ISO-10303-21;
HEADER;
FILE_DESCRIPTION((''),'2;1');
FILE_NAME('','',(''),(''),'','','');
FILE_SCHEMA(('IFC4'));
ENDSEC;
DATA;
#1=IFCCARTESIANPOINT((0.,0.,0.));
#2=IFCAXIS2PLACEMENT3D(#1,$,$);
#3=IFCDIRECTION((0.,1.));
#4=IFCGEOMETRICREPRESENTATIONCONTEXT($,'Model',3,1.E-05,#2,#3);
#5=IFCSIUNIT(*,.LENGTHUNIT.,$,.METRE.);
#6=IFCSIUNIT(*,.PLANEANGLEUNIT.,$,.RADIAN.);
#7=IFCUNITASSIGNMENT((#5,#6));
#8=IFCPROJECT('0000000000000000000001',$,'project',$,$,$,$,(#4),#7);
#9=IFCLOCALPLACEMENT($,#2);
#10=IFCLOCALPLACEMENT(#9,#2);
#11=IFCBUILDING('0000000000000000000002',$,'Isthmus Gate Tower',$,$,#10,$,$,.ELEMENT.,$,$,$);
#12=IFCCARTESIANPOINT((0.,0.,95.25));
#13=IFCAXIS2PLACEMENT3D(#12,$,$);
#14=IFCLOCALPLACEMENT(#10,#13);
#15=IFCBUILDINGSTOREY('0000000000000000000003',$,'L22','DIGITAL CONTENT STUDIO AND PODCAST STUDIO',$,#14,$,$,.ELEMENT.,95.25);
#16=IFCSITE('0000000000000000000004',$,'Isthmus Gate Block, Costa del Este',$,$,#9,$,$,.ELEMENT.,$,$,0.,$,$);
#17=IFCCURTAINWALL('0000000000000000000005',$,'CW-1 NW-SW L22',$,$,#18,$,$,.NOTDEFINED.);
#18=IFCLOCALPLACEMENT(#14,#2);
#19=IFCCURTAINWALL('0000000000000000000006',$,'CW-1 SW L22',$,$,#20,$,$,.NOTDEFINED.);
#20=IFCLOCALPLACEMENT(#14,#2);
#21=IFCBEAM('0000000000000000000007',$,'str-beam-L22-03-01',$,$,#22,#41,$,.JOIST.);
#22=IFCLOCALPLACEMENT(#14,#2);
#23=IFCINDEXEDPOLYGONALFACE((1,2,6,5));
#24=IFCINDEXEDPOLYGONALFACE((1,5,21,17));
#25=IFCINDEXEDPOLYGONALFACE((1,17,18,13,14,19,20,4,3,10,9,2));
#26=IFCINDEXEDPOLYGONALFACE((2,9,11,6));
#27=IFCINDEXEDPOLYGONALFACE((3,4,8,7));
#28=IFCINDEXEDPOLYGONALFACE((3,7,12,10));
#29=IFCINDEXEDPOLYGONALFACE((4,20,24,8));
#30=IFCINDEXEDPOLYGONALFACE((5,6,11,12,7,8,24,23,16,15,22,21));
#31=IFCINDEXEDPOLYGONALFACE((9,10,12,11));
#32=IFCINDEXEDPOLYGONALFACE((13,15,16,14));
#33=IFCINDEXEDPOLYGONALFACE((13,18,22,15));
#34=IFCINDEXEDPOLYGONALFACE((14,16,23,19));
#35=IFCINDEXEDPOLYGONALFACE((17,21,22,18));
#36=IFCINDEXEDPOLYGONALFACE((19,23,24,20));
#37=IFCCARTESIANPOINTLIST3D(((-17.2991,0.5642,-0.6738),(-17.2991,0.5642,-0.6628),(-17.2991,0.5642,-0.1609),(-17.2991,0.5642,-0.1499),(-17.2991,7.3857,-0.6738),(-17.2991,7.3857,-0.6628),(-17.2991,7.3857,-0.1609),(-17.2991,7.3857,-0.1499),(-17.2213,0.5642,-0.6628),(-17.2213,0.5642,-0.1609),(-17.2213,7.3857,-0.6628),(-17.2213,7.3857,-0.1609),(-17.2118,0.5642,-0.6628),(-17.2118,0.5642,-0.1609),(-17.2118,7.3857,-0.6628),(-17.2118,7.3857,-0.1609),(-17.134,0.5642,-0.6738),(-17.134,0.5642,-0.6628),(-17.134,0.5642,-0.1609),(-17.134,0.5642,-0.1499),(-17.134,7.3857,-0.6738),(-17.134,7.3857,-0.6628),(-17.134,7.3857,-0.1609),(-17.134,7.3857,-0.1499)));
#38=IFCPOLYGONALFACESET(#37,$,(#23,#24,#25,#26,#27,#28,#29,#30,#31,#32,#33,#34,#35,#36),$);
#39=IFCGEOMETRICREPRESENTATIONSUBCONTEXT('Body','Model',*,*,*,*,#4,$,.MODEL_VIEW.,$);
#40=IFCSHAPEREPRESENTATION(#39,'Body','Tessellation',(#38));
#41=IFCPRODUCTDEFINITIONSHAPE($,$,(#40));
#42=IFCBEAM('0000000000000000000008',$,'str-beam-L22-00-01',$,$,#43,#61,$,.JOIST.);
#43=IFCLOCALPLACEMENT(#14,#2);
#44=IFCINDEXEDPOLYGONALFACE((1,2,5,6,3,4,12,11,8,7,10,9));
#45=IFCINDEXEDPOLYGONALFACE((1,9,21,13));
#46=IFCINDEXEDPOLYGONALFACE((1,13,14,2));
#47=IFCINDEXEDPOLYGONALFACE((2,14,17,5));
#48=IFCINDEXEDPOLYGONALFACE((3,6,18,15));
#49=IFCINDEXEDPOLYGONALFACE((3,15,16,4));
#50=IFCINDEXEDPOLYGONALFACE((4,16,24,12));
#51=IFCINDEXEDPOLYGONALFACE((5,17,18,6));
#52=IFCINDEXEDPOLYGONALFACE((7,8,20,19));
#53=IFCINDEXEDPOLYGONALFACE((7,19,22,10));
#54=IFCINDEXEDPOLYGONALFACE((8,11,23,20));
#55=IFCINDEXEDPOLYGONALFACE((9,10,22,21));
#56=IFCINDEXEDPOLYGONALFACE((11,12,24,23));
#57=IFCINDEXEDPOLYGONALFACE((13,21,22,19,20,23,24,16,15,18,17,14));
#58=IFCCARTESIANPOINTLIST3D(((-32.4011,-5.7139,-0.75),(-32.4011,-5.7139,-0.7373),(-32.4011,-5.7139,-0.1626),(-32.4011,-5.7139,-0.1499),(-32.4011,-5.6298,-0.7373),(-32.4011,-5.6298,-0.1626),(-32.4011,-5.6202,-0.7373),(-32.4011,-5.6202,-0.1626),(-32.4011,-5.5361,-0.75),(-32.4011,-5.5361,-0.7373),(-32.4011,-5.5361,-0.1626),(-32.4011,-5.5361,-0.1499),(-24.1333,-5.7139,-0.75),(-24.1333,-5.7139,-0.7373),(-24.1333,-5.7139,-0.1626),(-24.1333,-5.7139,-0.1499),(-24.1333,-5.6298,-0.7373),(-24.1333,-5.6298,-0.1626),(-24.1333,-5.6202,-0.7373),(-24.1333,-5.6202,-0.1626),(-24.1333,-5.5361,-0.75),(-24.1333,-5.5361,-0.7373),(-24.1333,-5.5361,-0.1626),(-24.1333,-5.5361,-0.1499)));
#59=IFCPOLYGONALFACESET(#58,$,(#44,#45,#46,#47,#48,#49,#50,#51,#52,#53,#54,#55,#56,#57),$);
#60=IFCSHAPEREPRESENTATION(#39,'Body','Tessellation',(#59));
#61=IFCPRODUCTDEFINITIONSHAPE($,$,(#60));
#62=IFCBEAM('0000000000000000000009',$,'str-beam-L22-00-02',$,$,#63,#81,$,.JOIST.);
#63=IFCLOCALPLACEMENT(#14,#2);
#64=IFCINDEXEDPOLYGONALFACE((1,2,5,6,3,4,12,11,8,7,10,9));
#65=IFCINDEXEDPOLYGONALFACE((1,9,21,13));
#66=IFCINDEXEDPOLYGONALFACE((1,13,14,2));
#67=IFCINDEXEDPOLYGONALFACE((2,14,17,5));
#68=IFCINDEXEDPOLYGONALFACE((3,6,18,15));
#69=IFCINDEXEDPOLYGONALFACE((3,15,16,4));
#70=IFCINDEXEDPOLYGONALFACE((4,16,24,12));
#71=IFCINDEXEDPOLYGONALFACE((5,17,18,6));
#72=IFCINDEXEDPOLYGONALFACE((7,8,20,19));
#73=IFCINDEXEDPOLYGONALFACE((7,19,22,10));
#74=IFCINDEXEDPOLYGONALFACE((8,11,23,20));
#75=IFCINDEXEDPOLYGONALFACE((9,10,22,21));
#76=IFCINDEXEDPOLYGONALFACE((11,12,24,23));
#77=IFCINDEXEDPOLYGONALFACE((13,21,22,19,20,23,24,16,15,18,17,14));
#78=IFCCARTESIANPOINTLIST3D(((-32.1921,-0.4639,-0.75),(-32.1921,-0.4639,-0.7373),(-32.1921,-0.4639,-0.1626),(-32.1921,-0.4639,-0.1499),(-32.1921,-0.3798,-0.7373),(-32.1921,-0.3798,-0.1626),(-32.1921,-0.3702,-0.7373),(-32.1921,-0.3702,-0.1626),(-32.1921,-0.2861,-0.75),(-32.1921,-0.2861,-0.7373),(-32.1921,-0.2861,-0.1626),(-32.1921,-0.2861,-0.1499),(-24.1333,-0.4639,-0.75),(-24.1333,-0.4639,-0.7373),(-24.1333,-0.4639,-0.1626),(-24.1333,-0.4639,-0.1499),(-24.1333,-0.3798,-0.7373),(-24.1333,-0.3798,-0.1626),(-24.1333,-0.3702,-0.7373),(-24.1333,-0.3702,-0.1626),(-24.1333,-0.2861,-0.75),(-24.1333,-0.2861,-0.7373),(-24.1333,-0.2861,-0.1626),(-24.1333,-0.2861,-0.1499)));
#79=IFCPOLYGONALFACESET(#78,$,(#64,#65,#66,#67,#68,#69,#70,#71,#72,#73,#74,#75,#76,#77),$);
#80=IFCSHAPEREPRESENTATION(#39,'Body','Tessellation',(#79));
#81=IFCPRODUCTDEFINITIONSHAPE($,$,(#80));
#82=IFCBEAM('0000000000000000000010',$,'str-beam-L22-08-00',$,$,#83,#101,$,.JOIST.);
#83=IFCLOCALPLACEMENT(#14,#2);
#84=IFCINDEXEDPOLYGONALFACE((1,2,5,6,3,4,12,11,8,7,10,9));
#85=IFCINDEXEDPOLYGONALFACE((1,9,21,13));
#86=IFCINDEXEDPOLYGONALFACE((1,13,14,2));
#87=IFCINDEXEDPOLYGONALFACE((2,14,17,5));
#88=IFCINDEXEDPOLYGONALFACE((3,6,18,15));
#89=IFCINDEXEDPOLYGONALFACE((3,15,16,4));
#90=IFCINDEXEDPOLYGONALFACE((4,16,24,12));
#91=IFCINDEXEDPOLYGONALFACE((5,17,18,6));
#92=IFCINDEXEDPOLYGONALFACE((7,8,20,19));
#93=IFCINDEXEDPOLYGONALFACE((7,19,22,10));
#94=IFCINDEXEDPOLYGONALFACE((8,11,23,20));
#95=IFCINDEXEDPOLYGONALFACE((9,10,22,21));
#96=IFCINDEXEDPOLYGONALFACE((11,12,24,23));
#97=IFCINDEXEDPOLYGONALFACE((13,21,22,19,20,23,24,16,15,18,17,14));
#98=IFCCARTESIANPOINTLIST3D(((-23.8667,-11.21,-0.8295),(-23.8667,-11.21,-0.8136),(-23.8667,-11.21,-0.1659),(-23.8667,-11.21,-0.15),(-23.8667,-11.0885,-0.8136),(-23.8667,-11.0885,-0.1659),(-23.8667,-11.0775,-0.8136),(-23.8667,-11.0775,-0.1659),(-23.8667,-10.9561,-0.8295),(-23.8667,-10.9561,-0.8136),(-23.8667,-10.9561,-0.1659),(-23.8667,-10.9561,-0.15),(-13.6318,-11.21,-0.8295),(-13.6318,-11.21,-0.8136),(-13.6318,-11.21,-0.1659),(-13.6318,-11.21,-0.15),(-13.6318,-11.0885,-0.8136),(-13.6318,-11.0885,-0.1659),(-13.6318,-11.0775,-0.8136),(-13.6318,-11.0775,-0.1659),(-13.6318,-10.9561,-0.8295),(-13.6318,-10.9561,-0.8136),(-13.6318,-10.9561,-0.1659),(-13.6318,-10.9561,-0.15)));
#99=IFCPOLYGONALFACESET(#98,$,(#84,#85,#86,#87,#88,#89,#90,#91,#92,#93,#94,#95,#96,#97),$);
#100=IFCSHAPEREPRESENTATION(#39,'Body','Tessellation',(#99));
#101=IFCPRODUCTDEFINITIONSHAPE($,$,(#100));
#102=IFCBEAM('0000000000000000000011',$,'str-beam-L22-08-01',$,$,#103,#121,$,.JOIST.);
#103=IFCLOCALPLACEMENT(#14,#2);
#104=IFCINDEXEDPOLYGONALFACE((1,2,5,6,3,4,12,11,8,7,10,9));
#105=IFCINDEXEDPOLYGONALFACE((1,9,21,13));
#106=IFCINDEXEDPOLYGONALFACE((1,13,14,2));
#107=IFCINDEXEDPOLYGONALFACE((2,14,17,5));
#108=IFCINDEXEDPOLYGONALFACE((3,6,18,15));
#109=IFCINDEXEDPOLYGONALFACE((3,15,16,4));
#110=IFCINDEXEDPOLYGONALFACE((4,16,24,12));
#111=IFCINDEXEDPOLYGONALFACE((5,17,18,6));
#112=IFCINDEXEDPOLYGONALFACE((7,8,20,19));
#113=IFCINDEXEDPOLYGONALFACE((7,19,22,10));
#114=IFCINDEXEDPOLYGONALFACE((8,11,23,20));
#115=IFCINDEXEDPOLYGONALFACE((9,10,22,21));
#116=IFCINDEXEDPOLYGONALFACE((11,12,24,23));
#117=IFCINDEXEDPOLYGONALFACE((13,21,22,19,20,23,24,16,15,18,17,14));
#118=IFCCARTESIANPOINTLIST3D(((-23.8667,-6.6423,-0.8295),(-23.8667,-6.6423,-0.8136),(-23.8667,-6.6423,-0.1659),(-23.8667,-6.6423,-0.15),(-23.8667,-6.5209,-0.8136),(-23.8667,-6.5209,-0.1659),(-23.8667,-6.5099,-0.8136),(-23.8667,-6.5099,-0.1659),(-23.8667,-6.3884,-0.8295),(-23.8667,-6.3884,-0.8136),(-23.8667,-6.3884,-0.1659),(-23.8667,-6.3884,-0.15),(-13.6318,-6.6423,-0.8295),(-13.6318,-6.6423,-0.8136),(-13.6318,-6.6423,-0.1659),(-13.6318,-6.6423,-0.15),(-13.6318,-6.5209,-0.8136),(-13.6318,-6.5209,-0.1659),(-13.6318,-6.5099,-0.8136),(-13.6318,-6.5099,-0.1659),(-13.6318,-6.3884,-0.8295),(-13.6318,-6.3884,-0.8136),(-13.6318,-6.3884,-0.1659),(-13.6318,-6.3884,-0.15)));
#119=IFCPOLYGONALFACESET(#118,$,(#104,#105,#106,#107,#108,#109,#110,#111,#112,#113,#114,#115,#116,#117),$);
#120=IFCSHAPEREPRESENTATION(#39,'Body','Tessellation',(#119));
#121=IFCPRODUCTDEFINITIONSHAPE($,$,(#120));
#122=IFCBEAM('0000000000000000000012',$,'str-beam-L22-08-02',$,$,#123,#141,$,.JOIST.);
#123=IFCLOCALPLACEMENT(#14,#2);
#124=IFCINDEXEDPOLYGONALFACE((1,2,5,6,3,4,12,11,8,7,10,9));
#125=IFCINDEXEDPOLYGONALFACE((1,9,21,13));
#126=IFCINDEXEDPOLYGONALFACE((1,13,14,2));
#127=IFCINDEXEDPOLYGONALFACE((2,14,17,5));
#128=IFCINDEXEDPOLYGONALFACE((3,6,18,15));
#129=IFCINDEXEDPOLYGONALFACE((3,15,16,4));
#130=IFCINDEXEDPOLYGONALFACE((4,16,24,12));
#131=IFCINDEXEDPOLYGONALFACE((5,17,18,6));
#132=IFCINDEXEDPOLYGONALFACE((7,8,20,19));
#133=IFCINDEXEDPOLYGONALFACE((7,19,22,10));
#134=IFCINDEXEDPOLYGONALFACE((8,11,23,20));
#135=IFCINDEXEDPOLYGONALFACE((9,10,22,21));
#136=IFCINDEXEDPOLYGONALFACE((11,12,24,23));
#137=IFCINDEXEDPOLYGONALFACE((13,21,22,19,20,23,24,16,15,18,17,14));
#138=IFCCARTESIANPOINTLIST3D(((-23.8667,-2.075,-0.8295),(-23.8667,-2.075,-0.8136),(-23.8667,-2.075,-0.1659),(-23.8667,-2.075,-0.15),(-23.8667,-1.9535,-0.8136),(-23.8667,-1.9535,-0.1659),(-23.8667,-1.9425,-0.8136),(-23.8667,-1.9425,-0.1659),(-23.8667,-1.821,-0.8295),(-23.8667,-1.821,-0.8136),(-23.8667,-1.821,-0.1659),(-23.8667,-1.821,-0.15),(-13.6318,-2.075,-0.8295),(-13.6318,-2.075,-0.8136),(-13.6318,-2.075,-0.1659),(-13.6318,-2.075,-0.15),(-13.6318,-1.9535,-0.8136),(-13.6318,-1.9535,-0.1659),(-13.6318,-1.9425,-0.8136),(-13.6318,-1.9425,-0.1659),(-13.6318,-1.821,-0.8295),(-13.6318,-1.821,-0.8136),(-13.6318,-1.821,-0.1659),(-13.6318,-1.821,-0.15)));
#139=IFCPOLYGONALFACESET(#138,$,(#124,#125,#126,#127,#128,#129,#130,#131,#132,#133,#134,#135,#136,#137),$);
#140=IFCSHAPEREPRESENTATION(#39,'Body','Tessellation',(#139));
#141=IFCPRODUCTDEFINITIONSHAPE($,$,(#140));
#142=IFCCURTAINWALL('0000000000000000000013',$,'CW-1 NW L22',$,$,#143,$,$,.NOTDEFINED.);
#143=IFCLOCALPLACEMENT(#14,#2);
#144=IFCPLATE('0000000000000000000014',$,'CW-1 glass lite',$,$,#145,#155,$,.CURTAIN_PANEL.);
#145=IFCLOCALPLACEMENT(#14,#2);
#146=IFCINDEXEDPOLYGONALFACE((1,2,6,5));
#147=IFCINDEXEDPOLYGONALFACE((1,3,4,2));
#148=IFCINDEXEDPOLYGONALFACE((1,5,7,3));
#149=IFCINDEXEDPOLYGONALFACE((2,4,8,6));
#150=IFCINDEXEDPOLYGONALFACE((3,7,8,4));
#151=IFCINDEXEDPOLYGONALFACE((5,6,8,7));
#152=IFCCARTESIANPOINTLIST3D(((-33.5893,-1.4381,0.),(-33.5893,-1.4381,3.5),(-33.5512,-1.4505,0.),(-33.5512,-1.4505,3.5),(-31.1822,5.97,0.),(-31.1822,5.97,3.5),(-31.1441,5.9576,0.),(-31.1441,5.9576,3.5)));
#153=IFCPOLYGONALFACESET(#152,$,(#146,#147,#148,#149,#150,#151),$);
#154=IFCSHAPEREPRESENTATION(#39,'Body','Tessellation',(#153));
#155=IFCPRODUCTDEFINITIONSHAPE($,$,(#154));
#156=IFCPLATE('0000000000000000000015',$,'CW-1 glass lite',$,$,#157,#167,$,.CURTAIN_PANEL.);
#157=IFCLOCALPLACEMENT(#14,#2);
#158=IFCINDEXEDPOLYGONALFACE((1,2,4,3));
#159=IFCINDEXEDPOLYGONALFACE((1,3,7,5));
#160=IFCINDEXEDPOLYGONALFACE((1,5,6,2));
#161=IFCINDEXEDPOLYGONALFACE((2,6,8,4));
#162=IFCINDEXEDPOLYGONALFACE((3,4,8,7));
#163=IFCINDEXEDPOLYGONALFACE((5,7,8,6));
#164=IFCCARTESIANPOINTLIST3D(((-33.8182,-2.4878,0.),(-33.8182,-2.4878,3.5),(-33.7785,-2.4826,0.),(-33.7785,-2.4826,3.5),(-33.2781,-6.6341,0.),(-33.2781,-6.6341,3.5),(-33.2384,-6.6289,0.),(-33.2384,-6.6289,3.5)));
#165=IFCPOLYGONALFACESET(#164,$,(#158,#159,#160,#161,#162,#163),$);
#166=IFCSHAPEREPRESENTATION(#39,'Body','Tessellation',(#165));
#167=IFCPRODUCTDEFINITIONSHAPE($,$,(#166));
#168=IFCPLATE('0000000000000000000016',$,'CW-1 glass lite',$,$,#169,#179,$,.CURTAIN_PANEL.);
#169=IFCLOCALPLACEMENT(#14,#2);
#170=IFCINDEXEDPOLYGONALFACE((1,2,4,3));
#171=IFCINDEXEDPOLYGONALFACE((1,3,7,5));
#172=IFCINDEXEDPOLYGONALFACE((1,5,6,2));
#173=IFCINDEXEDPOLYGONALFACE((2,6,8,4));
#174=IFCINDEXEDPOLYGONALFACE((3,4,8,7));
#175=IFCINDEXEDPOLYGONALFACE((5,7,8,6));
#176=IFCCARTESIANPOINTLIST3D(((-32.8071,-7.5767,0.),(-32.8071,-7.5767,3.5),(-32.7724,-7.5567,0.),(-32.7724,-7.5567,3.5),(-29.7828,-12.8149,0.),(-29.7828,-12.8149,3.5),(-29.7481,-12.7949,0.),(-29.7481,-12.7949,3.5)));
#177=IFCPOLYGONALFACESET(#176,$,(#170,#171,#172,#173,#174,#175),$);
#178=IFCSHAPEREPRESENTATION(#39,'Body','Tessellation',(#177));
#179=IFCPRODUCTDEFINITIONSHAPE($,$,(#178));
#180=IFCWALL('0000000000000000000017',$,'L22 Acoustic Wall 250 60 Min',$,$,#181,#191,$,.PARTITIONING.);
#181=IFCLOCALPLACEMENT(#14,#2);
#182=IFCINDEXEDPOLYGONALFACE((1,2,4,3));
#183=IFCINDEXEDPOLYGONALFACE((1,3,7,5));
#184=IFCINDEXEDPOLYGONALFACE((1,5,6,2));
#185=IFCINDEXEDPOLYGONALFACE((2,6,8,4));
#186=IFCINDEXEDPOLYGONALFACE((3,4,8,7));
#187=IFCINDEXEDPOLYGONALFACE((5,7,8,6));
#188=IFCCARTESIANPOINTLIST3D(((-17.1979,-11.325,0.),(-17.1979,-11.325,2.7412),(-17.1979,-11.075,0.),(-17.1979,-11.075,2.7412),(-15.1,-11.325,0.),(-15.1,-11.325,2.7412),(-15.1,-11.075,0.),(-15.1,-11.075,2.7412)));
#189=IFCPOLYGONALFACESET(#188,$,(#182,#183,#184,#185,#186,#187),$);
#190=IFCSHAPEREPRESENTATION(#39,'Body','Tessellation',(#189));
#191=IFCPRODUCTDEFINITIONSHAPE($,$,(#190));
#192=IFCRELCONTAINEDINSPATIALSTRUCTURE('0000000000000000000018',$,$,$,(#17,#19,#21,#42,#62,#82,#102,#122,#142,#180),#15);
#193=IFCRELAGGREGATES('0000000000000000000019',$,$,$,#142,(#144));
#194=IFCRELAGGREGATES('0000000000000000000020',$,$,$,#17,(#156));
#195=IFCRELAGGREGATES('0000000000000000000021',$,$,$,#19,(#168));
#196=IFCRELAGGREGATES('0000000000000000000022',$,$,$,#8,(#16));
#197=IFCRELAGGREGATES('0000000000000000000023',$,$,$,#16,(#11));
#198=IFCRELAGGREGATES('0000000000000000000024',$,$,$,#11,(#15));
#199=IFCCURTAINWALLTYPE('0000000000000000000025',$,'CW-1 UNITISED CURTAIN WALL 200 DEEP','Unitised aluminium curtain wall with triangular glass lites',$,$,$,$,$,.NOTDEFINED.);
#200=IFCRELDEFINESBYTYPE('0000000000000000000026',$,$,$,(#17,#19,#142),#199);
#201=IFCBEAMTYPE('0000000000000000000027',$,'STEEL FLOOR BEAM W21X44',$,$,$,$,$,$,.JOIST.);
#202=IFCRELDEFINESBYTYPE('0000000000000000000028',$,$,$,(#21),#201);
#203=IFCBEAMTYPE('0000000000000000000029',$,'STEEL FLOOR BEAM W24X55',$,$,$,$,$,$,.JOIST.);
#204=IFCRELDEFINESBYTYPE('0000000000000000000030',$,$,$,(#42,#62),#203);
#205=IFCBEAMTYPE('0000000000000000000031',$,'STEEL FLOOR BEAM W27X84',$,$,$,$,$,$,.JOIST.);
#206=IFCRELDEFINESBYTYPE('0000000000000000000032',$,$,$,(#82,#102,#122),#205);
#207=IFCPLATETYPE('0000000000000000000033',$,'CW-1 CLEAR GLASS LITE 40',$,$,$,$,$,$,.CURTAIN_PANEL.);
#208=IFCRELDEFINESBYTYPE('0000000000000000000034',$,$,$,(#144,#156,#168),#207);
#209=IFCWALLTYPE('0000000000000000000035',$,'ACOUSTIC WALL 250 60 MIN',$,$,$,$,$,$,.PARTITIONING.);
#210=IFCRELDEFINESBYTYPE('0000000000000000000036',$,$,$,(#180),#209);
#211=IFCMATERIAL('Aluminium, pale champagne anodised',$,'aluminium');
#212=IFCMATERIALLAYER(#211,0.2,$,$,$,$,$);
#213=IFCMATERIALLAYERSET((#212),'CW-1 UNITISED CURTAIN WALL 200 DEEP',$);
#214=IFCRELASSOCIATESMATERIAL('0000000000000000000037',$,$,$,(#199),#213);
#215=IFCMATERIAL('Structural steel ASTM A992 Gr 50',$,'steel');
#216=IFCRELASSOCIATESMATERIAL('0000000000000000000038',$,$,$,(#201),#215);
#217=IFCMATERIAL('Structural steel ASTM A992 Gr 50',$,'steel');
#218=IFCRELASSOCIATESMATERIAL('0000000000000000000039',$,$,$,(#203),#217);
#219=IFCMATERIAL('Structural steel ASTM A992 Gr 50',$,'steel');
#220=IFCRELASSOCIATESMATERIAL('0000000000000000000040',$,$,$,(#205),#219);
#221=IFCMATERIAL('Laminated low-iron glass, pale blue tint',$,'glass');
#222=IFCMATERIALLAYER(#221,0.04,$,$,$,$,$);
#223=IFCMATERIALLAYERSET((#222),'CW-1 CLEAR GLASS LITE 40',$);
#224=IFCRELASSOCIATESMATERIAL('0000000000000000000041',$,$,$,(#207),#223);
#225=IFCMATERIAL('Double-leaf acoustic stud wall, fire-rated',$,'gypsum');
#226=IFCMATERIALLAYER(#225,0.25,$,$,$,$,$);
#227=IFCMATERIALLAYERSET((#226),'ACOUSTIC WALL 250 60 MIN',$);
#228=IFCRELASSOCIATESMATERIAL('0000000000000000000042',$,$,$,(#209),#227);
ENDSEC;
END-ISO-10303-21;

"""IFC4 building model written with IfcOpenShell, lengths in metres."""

from ifc_helpers import new_model, si_unit, direction, frame, frame_2d, origin, origin_2d, place, context, subcontext, project, spatial, rectangle, i_section, extrude, material, layer, layer_set, material_profile, profile_set, type_object, element, aggregate, save


model = new_model("IFC4")

# Units and contexts
model_context = context("Model", 3, precision=1e-05, world=origin(), true_north=direction((0.0, 1.0)))
body_context = subcontext(model_context, "Body", "Model", "MODEL_VIEW")
ifc_project = project(units=[si_unit("LENGTHUNIT", "METRE"), si_unit("PLANEANGLEUNIT", "RADIAN")], contexts=[model_context])

# Site, building, storey
site_placement = place(None, origin())
site = spatial("IfcSite", under=ifc_project, at=site_placement, Name="Isthmus Gate Block, Costa del Este", CompositionType="ELEMENT", RefElevation=0.0)
building_placement = place(site_placement, origin())
building = spatial("IfcBuilding", under=site, at=building_placement, Name="Isthmus Gate Tower", CompositionType="ELEMENT")
storey_placement = place(building_placement, frame((0.0, 0.0, 95.25)))
storey = spatial("IfcBuildingStorey", under=building, at=storey_placement, Name="L22", Description="DIGITAL CONTENT STUDIO AND PODCAST STUDIO", CompositionType="ELEMENT", Elevation=95.25)

# Curtain walls
ifc_material_1 = material(Name="Aluminium, pale champagne anodised", Category="aluminium")
ifc_layer_1 = layer(ifc_material_1, 0.2)
ifc_layer_set_1 = layer_set([ifc_layer_1], Name="CW-1 UNITISED CURTAIN WALL 200 DEEP")
curtain_wall_type = type_object("IfcCurtainWallType", Name="CW-1 UNITISED CURTAIN WALL 200 DEEP", Description="Unitised aluminium curtain wall with triangular glass lites", PredefinedType="NOTDEFINED", material=ifc_layer_set_1)
curtain_wall_1_placement = place(storey_placement, origin())
curtain_wall_1 = element("IfcCurtainWall", 1, at=curtain_wall_1_placement, inside=storey, type_object=curtain_wall_type, Name="CW-1 NW-SW L22", PredefinedType="NOTDEFINED")
curtain_wall_2_placement = place(storey_placement, origin())
curtain_wall_2 = element("IfcCurtainWall", 2, at=curtain_wall_2_placement, inside=storey, type_object=curtain_wall_type, Name="CW-1 SW L22", PredefinedType="NOTDEFINED")

# Beams
ifc_material_2 = material(Name="Structural steel ASTM A992 Gr 50", Category="steel")
ifc_material_profile_1 = material_profile(ifc_material_2, i_section(OverallWidth=0.165, OverallDepth=0.5239, WebThickness=0.0095, FlangeThickness=0.011, at=origin_2d()), Name="W21X44")
ifc_profile_set_1 = profile_set([ifc_material_profile_1], Name="Structural steel ASTM A992 Gr 50")
beam_type_1 = type_object("IfcBeamType", Name="STEEL FLOOR BEAM W21X44", PredefinedType="JOIST", material=ifc_profile_set_1)
for number, where, z_axis, x_axis, name in (
    (3, (-17.2166, 0.5642, -0.4119), (0.0, 1.0, 0.0), (-1.0, 0.0, 0.0), "str-beam-L22-03-01"),
):
    element("IfcBeam", number, at=place(storey_placement, frame(where, z_axis=z_axis, x_axis=x_axis)), inside=storey, type_object=beam_type_1, Name=name, PredefinedType="JOIST", context=body_context, shape_type="SweptSolid", body=[
        extrude(i_section(OverallWidth=0.165, OverallDepth=0.5239, WebThickness=0.0095, FlangeThickness=0.011, at=origin_2d()), origin(), (0.0, 0.0, 1.0), 6.8215),
    ])
ifc_material_3 = material(Name="Structural steel ASTM A992 Gr 50", Category="steel")
ifc_material_profile_2 = material_profile(ifc_material_3, i_section(OverallWidth=0.1777, OverallDepth=0.6001, WebThickness=0.0095, FlangeThickness=0.0127, at=origin_2d()), Name="W24X55")
ifc_profile_set_2 = profile_set([ifc_material_profile_2], Name="Structural steel ASTM A992 Gr 50")
beam_type_2 = type_object("IfcBeamType", Name="STEEL FLOOR BEAM W24X55", PredefinedType="JOIST", material=ifc_profile_set_2)
beam_1_placement = place(storey_placement, frame((-32.4011, -5.625, -0.45), z_axis=(1.0, 0.0, 0.0), x_axis=(0.0, 1.0, 0.0)))
element("IfcBeam", 4, at=beam_1_placement, inside=storey, type_object=beam_type_2, Name="str-beam-L22-00-01", PredefinedType="JOIST", context=body_context, shape_type="SweptSolid", body=[
    extrude(i_section(OverallWidth=0.1777, OverallDepth=0.6001, WebThickness=0.0095, FlangeThickness=0.0127, at=origin_2d()), origin(), (0.0, 0.0, 1.0), 8.2678),
])
beam_2_placement = place(storey_placement, frame((-32.1921, -0.375, -0.45), z_axis=(1.0, 0.0, 0.0), x_axis=(0.0, 1.0, 0.0)))
element("IfcBeam", 5, at=beam_2_placement, inside=storey, type_object=beam_type_2, Name="str-beam-L22-00-02", PredefinedType="JOIST", context=body_context, shape_type="SweptSolid", body=[
    extrude(i_section(OverallWidth=0.1777, OverallDepth=0.6001, WebThickness=0.0095, FlangeThickness=0.0127, at=origin_2d()), origin(), (0.0, 0.0, 1.0), 8.0588),
])
ifc_material_4 = material(Name="Structural steel ASTM A992 Gr 50", Category="steel")
ifc_material_profile_3 = material_profile(ifc_material_4, i_section(OverallWidth=0.2539, OverallDepth=0.6794, WebThickness=0.011, FlangeThickness=0.0159, at=origin_2d()), Name="W27X84")
ifc_profile_set_3 = profile_set([ifc_material_profile_3], Name="Structural steel ASTM A992 Gr 50")
beam_type_3 = type_object("IfcBeamType", Name="STEEL FLOOR BEAM W27X84", PredefinedType="JOIST", material=ifc_profile_set_3)
for number, where, z_axis, x_axis, name in (
    (6, (-23.8667, -11.083, -0.4897), (1.0, 0.0, 0.0), (0.0, 1.0, 0.0), "str-beam-L22-08-00"),
    (7, (-23.8667, -6.5154, -0.4897), (1.0, 0.0, 0.0), (0.0, 1.0, 0.0), "str-beam-L22-08-01"),
    (8, (-23.8667, -1.948, -0.4897), (1.0, 0.0, 0.0), (0.0, 1.0, 0.0), "str-beam-L22-08-02"),
):
    element("IfcBeam", number, at=place(storey_placement, frame(where, z_axis=z_axis, x_axis=x_axis)), inside=storey, type_object=beam_type_3, Name=name, PredefinedType="JOIST", context=body_context, shape_type="SweptSolid", body=[
        extrude(i_section(OverallWidth=0.2539, OverallDepth=0.6794, WebThickness=0.011, FlangeThickness=0.0159, at=origin_2d()), origin(), (0.0, 0.0, 1.0), 10.2349),
    ])

# Curtain wall, plate
curtain_wall_3_placement = place(storey_placement, origin())
curtain_wall_3 = element("IfcCurtainWall", 9, at=curtain_wall_3_placement, inside=storey, type_object=curtain_wall_type, Name="CW-1 NW L22", PredefinedType="NOTDEFINED")
ifc_material_5 = material(Name="Laminated low-iron glass, pale blue tint", Category="glass")
ifc_layer_2 = layer(ifc_material_5, 0.04)
ifc_layer_set_2 = layer_set([ifc_layer_2], Name="CW-1 CLEAR GLASS LITE 40")
plate_type = type_object("IfcPlateType", Name="CW-1 CLEAR GLASS LITE 40", PredefinedType="CURTAIN_PANEL", material=ifc_layer_set_2)
plate_1_placement = place(storey_placement, frame((-32.3667, 2.2598, 0.0), z_axis=(0.0, 0.0, 1.0), x_axis=(-0.309017, -0.951057, 0.0)))
plate_1 = element("IfcPlate", 10, at=plate_1_placement, type_object=plate_type, Name="CW-1 glass lite", PredefinedType="CURTAIN_PANEL", context=body_context, shape_type="SweptSolid", body=[
    extrude(rectangle(XDim=7.7893, YDim=0.04, at=origin_2d()), origin(), (0.0, 0.0, 1.0), 3.5),
])
aggregate(curtain_wall_3, [plate_1])

# Plates
plate_2_placement = place(storey_placement, frame((-33.5283, -4.5583, 0.0), z_axis=(0.0, 0.0, 1.0), x_axis=(0.129165, -0.991623, 0.0)))
plate_2 = element("IfcPlate", 11, at=plate_2_placement, type_object=plate_type, Name="CW-1 glass lite", PredefinedType="CURTAIN_PANEL", context=body_context, shape_type="SweptSolid", body=[
    extrude(rectangle(XDim=4.1814, YDim=0.04, at=origin_2d()), origin(), (0.0, 0.0, 1.0), 3.5),
])
aggregate(curtain_wall_1, [plate_2])
plate_3_placement = place(storey_placement, frame((-31.2776, -10.1858, 0.0), z_axis=(0.0, 0.0, 1.0), x_axis=(0.5, -0.866025, 0.0)))
plate_3 = element("IfcPlate", 12, at=plate_3_placement, type_object=plate_type, Name="CW-1 glass lite", PredefinedType="CURTAIN_PANEL", context=body_context, shape_type="SweptSolid", body=[
    extrude(rectangle(XDim=6.0486, YDim=0.04, at=origin_2d()), origin(), (0.0, 0.0, 1.0), 3.5),
])
aggregate(curtain_wall_2, [plate_3])

# Wall
ifc_material_6 = material(Name="Double-leaf acoustic stud wall, fire-rated", Category="gypsum")
ifc_layer_3 = layer(ifc_material_6, 0.25)
ifc_layer_set_3 = layer_set([ifc_layer_3], Name="ACOUSTIC WALL 250 60 MIN")
wall_type = type_object("IfcWallType", Name="ACOUSTIC WALL 250 60 MIN", PredefinedType="PARTITIONING", material=ifc_layer_set_3)
wall_1_placement = place(storey_placement, frame((-15.1001, -11.2, 0.0), z_axis=(0.0, 0.0, 1.0), x_axis=(-1.0, 0.0, 0.0)))
element("IfcWall", 13, at=wall_1_placement, inside=storey, type_object=wall_type, Name="L22 Acoustic Wall 250 60 Min", PredefinedType="PARTITIONING", context=body_context, shape_type="SweptSolid", body=[
    extrude(rectangle(XDim=2.0979, YDim=0.25, at=frame_2d((1.0488, 0.0))), origin(), (0.0, 0.0, 1.0), 2.7412),
])

save(model, "model.ifc")
